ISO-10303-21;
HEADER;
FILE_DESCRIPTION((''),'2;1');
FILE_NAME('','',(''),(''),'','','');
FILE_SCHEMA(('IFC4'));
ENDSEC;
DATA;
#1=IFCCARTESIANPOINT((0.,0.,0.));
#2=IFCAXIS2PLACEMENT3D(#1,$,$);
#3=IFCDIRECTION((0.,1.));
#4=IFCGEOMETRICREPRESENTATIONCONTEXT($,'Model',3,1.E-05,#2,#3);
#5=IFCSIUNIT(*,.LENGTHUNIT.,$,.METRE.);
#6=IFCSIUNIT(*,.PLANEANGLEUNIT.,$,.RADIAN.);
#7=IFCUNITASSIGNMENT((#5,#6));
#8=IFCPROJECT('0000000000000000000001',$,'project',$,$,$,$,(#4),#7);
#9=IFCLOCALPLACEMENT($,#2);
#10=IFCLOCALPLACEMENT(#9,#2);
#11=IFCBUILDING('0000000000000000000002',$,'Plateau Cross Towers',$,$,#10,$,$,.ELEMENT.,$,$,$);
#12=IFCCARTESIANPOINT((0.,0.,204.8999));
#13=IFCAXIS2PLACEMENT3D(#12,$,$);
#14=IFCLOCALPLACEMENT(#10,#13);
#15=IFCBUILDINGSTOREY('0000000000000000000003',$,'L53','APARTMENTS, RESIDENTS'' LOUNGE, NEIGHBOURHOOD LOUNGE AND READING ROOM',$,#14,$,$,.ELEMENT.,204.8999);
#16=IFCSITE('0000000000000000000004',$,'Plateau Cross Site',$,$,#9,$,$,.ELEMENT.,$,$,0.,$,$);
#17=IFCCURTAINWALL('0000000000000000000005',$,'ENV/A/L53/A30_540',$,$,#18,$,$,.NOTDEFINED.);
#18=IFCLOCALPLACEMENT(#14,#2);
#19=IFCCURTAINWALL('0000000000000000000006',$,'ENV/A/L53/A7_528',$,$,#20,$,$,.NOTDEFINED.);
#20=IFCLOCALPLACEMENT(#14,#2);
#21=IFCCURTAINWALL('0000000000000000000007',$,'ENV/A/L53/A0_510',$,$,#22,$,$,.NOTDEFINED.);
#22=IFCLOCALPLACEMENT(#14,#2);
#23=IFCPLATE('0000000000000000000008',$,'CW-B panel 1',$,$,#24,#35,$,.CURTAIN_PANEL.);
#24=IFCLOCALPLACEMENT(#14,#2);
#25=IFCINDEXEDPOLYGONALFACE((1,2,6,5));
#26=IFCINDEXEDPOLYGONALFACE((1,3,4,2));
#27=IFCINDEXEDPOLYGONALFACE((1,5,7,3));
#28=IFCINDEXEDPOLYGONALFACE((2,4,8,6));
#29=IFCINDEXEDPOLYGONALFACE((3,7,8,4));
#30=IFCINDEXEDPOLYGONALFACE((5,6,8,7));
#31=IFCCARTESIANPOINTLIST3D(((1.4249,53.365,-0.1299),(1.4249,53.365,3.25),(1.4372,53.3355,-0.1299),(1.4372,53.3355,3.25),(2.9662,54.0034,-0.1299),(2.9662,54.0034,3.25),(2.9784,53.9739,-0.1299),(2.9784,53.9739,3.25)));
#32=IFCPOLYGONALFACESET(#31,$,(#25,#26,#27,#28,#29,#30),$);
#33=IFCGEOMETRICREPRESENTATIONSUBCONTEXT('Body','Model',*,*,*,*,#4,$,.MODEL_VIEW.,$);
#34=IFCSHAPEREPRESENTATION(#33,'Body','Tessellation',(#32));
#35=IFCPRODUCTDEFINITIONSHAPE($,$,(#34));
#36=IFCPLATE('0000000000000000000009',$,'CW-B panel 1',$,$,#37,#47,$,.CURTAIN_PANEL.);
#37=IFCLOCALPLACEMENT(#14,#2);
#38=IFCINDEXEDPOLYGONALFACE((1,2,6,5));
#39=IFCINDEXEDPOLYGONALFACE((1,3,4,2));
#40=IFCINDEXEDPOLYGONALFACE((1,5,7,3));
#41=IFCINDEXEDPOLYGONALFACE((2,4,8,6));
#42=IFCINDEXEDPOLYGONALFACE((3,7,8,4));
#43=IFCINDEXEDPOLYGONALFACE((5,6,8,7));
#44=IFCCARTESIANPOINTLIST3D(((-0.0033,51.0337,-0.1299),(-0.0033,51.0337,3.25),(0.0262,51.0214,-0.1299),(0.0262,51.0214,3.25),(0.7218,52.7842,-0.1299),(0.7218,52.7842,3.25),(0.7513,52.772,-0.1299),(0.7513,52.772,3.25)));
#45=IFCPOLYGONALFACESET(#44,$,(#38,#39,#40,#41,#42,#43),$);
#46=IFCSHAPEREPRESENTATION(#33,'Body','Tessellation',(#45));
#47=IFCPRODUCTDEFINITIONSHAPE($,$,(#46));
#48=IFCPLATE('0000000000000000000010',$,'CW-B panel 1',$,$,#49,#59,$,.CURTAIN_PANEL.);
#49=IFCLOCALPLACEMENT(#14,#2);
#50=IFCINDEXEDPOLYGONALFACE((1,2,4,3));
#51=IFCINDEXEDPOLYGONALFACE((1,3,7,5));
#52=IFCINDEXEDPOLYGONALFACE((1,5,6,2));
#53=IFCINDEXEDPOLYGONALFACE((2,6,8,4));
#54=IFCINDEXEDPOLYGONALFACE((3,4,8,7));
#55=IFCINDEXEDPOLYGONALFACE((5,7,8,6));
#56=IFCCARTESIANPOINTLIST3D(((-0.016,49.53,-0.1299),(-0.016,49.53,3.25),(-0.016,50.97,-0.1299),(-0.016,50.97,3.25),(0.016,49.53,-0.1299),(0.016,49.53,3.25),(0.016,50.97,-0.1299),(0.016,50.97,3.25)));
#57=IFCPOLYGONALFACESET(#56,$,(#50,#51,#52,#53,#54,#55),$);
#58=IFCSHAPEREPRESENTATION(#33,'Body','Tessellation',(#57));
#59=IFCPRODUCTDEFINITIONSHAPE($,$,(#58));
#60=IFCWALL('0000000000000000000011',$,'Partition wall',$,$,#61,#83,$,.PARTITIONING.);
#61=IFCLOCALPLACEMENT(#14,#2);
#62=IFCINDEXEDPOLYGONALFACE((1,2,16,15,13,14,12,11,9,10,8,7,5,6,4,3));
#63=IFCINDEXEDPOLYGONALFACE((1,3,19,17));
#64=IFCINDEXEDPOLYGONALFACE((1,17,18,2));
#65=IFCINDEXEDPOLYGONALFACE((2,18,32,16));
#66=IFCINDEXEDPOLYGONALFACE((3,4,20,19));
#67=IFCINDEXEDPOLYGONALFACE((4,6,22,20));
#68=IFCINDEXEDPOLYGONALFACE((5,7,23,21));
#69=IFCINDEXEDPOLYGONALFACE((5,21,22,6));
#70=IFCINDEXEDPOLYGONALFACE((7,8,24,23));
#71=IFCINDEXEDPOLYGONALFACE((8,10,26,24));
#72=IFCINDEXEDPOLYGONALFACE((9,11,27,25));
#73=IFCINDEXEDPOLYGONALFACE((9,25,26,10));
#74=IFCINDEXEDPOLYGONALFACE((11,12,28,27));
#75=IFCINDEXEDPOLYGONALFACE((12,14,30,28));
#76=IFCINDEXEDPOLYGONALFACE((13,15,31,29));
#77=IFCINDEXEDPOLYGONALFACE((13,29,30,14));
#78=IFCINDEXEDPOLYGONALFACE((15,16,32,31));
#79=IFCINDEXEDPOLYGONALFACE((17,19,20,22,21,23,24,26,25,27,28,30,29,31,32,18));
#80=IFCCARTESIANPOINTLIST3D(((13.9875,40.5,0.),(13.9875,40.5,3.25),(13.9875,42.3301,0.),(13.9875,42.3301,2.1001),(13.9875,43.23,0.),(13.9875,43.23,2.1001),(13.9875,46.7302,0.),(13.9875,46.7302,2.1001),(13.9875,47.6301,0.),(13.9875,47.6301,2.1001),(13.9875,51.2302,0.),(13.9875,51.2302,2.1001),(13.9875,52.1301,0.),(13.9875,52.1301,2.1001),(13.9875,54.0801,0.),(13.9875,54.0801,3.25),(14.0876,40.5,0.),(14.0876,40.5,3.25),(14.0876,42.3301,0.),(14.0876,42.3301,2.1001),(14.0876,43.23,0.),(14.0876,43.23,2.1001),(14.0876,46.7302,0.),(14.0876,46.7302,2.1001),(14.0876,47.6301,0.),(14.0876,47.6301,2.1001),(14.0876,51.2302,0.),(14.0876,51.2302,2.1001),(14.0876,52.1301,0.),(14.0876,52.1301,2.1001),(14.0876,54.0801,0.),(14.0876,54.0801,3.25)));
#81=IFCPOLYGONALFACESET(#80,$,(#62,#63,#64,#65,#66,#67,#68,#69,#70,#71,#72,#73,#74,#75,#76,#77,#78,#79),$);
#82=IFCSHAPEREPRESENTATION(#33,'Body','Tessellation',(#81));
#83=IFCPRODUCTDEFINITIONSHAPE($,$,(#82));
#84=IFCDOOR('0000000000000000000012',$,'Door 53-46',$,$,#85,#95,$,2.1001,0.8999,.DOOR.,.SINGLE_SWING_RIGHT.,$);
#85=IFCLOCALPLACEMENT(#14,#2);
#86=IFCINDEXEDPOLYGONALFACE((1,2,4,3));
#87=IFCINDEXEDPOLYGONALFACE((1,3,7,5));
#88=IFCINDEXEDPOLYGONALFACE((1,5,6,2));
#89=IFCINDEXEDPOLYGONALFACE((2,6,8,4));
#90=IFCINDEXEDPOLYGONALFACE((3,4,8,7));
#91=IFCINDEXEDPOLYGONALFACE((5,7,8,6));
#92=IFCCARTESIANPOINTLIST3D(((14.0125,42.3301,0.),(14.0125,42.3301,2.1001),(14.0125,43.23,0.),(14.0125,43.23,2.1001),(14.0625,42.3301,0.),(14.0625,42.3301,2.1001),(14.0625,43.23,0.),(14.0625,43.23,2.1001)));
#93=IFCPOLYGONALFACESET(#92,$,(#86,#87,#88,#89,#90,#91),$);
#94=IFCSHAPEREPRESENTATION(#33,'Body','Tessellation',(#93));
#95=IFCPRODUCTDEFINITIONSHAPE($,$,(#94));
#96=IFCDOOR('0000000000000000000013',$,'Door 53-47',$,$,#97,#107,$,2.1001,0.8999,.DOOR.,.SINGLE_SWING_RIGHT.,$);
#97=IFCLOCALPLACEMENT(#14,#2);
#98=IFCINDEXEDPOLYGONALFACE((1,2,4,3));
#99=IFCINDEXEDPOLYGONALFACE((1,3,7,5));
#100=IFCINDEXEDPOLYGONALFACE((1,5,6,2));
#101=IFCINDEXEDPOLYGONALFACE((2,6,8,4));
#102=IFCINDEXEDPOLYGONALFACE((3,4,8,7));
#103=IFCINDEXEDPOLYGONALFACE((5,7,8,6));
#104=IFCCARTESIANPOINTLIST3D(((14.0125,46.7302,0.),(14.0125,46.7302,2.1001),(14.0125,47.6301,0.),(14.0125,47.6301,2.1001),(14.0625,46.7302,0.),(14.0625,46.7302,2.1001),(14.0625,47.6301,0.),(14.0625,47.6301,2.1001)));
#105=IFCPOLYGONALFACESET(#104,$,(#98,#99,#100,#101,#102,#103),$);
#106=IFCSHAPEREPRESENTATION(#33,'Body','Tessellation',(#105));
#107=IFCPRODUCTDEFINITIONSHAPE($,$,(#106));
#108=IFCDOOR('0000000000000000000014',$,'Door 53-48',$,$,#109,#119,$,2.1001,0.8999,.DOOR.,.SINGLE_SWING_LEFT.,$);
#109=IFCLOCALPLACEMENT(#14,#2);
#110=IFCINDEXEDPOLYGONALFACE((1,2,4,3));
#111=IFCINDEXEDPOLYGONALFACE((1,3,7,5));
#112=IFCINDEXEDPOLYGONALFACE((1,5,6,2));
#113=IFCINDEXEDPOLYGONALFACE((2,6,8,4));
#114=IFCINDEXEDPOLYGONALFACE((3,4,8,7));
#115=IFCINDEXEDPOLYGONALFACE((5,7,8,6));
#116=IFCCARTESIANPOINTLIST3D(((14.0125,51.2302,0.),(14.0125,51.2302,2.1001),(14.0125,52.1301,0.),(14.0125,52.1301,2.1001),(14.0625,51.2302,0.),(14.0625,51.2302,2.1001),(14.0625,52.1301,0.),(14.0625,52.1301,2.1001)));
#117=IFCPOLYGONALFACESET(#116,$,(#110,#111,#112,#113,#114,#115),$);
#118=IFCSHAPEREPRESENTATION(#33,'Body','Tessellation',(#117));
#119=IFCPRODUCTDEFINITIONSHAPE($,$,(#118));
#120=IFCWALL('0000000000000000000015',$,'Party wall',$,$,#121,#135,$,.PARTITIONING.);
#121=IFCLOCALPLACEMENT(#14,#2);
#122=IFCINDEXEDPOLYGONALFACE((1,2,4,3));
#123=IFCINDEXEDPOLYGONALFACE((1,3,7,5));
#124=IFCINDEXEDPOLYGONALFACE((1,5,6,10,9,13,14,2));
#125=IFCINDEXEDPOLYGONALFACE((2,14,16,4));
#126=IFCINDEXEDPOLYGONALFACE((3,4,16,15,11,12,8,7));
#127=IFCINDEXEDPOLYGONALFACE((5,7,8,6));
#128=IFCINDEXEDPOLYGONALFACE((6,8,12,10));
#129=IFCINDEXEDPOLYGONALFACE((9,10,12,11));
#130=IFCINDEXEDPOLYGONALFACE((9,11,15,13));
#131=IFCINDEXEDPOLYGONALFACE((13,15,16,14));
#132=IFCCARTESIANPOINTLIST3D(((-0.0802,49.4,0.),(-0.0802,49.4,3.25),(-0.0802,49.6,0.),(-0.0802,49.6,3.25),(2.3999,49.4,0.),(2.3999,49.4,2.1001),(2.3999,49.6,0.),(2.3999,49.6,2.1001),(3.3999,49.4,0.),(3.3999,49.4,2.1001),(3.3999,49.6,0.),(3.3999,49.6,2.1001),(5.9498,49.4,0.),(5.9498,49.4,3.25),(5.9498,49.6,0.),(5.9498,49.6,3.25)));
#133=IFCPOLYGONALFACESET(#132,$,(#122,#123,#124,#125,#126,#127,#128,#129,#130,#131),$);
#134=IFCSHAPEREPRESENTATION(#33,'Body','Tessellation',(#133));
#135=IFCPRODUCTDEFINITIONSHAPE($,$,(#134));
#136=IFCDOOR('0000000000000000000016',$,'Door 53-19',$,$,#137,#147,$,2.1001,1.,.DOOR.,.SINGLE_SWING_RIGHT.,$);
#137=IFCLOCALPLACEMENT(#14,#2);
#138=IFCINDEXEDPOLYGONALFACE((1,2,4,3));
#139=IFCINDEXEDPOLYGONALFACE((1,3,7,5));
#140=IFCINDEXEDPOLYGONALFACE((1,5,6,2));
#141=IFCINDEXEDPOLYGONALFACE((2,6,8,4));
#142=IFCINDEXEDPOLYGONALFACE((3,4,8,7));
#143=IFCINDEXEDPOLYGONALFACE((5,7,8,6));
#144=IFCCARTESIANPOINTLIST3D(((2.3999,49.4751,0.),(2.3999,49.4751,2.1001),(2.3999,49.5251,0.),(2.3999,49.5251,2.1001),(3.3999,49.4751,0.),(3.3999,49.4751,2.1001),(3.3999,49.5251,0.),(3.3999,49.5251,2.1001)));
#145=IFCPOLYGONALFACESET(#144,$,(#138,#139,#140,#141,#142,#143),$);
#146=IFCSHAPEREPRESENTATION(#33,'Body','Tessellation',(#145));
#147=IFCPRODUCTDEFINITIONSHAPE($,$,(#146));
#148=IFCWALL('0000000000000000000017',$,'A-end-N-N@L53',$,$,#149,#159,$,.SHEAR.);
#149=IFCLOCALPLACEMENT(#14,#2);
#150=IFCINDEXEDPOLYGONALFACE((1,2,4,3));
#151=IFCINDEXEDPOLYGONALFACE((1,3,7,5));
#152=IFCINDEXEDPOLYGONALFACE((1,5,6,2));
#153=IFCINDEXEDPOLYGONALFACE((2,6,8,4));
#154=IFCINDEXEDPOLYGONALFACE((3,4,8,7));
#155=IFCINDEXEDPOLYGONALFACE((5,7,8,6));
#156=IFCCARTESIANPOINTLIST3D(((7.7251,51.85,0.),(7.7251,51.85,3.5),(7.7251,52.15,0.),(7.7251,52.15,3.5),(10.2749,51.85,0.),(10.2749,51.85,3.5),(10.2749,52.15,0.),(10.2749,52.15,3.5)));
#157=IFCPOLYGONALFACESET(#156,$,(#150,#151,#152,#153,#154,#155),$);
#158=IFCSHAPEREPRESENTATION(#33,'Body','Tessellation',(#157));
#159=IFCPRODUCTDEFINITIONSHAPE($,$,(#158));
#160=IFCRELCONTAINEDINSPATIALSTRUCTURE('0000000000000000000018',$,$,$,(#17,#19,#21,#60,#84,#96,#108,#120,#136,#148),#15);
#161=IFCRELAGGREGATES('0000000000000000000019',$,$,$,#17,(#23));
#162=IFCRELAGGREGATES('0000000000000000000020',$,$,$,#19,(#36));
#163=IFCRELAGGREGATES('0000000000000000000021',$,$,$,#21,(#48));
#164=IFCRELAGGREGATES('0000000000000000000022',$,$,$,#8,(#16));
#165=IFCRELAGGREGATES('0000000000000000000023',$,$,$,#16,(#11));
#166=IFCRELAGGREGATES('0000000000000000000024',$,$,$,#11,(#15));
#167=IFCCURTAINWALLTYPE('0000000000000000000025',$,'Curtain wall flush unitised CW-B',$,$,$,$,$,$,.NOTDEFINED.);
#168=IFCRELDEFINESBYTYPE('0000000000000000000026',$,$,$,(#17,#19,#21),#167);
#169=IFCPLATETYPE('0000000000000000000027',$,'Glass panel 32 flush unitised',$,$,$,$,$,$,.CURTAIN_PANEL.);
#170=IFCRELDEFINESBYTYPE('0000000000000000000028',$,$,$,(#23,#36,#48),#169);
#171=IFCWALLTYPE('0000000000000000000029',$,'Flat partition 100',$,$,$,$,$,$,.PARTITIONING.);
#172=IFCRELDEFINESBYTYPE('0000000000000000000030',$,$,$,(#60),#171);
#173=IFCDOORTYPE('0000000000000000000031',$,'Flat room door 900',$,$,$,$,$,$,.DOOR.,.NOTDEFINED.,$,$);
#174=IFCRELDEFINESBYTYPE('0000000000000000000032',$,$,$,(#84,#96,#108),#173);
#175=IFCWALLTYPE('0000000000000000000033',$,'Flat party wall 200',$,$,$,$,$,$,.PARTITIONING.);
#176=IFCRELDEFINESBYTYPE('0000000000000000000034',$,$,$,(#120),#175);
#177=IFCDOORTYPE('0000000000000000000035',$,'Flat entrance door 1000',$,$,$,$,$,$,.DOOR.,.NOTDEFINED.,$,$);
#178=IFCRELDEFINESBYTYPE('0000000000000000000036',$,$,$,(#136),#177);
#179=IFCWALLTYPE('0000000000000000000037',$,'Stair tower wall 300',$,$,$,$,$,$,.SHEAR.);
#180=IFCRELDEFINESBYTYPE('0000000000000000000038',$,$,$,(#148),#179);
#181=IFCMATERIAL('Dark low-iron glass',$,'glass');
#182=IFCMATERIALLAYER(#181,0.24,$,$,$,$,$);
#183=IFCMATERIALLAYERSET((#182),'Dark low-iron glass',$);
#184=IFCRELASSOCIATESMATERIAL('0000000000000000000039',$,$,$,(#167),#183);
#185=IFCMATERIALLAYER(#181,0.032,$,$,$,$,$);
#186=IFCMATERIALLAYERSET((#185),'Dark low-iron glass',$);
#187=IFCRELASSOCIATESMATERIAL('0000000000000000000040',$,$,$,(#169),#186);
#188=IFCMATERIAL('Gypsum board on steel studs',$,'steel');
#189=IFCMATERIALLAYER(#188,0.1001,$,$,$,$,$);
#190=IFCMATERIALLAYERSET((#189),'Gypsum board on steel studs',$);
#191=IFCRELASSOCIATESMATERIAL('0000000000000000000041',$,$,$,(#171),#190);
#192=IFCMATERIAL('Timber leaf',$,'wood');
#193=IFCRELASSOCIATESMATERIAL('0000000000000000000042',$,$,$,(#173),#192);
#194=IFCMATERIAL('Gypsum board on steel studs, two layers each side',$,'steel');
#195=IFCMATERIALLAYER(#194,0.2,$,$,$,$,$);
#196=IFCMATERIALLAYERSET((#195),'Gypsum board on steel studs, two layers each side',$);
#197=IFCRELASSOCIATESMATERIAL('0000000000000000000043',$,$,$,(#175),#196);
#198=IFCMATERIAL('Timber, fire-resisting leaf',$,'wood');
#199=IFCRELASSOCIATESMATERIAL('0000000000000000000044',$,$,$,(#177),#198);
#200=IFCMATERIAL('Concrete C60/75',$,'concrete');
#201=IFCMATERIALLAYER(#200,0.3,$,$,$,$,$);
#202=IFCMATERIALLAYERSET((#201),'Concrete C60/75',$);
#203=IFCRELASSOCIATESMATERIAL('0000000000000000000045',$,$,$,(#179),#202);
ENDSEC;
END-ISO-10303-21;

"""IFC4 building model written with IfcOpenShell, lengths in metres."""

from ifc_helpers import new_model, si_unit, direction, frame, frame_2d, origin, origin_2d, place, context, subcontext, project, spatial, rectangle, extrude, material, layer, layer_set, type_object, element, fill, aggregate, save


model = new_model("IFC4")

# Units and contexts
model_context = context("Model", 3, precision=1e-05, world=origin(), true_north=direction((0.0, 1.0)))
body_context = subcontext(model_context, "Body", "Model", "MODEL_VIEW")
ifc_project = project(units=[si_unit("LENGTHUNIT", "METRE"), si_unit("PLANEANGLEUNIT", "RADIAN")], contexts=[model_context])

# Site, building, storey
site_placement = place(None, origin())
site = spatial("IfcSite", under=ifc_project, at=site_placement, Name="Plateau Cross Site", CompositionType="ELEMENT", RefElevation=0.0)
building_placement = place(site_placement, origin())
building = spatial("IfcBuilding", under=site, at=building_placement, Name="Plateau Cross Towers", CompositionType="ELEMENT")
storey_placement = place(building_placement, frame((0.0, 0.0, 204.8999)))
storey = spatial("IfcBuildingStorey", under=building, at=storey_placement, Name="L53", Description="APARTMENTS, RESIDENTS' LOUNGE, NEIGHBOURHOOD LOUNGE AND READING ROOM", CompositionType="ELEMENT", Elevation=204.8999)

# Shared definitions
ifc_material_1 = material(Name="Concrete C60/75", Category="concrete")

# Curtain wall
ifc_material_2 = material(Name="Dark low-iron glass", Category="glass")
ifc_layer_1 = layer(ifc_material_2, 0.24)
ifc_layer_set_1 = layer_set([ifc_layer_1], Name="Dark low-iron glass")
curtain_wall_type = type_object("IfcCurtainWallType", Name="Curtain wall flush unitised CW-B", PredefinedType="NOTDEFINED", material=ifc_layer_set_1)
curtain_wall_1_placement = place(storey_placement, origin())
curtain_wall_1 = element("IfcCurtainWall", 1, at=curtain_wall_1_placement, inside=storey, type_object=curtain_wall_type, Name="ENV/A/L53/A30_540", PredefinedType="NOTDEFINED")

# Curtain wall
curtain_wall_2_placement = place(storey_placement, origin())
curtain_wall_2 = element("IfcCurtainWall", 2, at=curtain_wall_2_placement, inside=storey, type_object=curtain_wall_type, Name="ENV/A/L53/A7_528", PredefinedType="NOTDEFINED")

# Curtain wall
curtain_wall_3_placement = place(storey_placement, origin())
curtain_wall_3 = element("IfcCurtainWall", 3, at=curtain_wall_3_placement, inside=storey, type_object=curtain_wall_type, Name="ENV/A/L53/A0_510", PredefinedType="NOTDEFINED")

# Plates
ifc_layer_2 = layer(ifc_material_2, 0.032)
ifc_layer_set_2 = layer_set([ifc_layer_2], Name="Dark low-iron glass")
plate_type = type_object("IfcPlateType", Name="Glass panel 32 flush unitised", PredefinedType="CURTAIN_PANEL", material=ifc_layer_set_2)
plate_1_placement = place(storey_placement, frame((2.2017, 53.6694, -0.1299), z_axis=(0.0, 0.0, 1.0), x_axis=(-0.923879, -0.382684, 0.0)))
plate_1 = element("IfcPlate", 4, at=plate_1_placement, type_object=plate_type, Name="CW-B panel 1", PredefinedType="CURTAIN_PANEL", context=body_context, shape_type="SweptSolid", body=[
    extrude(rectangle(XDim=1.6682, YDim=0.032, at=origin_2d()), origin(), (0.0, 0.0, 1.0), 3.3799),
])
aggregate(curtain_wall_1, [plate_1])
plate_2_placement = place(storey_placement, frame((0.374, 51.9028, -0.1299), z_axis=(0.0, 0.0, 1.0), x_axis=(-0.382684, -0.923879, 0.0)))
plate_2 = element("IfcPlate", 5, at=plate_2_placement, type_object=plate_type, Name="CW-B panel 1", PredefinedType="CURTAIN_PANEL", context=body_context, shape_type="SweptSolid", body=[
    extrude(rectangle(XDim=1.8948, YDim=0.032, at=origin_2d()), origin(), (0.0, 0.0, 1.0), 3.3799),
])
aggregate(curtain_wall_2, [plate_2])
plate_3_placement = place(storey_placement, frame((0.0, 50.25, -0.1299), z_axis=(0.0, 0.0, 1.0), x_axis=(0.0, -1.0, 0.0)))
plate_3 = element("IfcPlate", 6, at=plate_3_placement, type_object=plate_type, Name="CW-B panel 1", PredefinedType="CURTAIN_PANEL", context=body_context, shape_type="SweptSolid", body=[
    extrude(rectangle(XDim=1.4399, YDim=0.032, at=origin_2d()), origin(), (0.0, 0.0, 1.0), 3.3799),
])
aggregate(curtain_wall_3, [plate_3])

# Wall, openings, doors
ifc_material_3 = material(Name="Gypsum board on steel studs", Category="steel")
ifc_layer_3 = layer(ifc_material_3, 0.1001)
ifc_layer_set_3 = layer_set([ifc_layer_3], Name="Gypsum board on steel studs")
wall_type_1 = type_object("IfcWallType", Name="Flat partition 100", PredefinedType="PARTITIONING", material=ifc_layer_set_3)
wall_1_placement = place(storey_placement, frame((14.0376, 54.0801, 0.0), z_axis=(0.0, 0.0, 1.0), x_axis=(0.0, -1.0, 0.0)))
wall_1 = element("IfcWall", 7, at=wall_1_placement, inside=storey, type_object=wall_type_1, Name="Partition wall", PredefinedType="PARTITIONING", context=body_context, shape_type="SweptSolid", body=[
    extrude(rectangle(XDim=13.5801, YDim=0.1001, at=frame_2d((6.79, 0.0))), origin(), (0.0, 0.0, 1.0), 3.25),
])
opening_1_placement = place(wall_1_placement, frame((10.8501, 0.0, 0.0)))
opening_1 = element("IfcOpeningElement", 8, at=opening_1_placement, cuts=wall_1, PredefinedType="OPENING", context=body_context, shape_type="SweptSolid", body=[
    extrude(rectangle(XDim=0.8999, YDim=2.1001, at=frame_2d((0.45, 1.05))), frame((0.0, 0.0601, 0.0), z_axis=(0.0, -1.0, 0.0), x_axis=(1.0, 0.0, 0.0)), (0.0, 0.0, 1.0), 0.1201),
])
opening_2_placement = place(wall_1_placement, frame((6.45, 0.0, 0.0)))
opening_2 = element("IfcOpeningElement", 9, at=opening_2_placement, cuts=wall_1, PredefinedType="OPENING", context=body_context, shape_type="SweptSolid", body=[
    extrude(rectangle(XDim=0.8999, YDim=2.1001, at=frame_2d((0.45, 1.05))), frame((0.0, 0.0601, 0.0), z_axis=(0.0, -1.0, 0.0), x_axis=(1.0, 0.0, 0.0)), (0.0, 0.0, 1.0), 0.1201),
])
opening_3_placement = place(wall_1_placement, frame((1.95, 0.0, 0.0)))
opening_3 = element("IfcOpeningElement", 10, at=opening_3_placement, cuts=wall_1, PredefinedType="OPENING", context=body_context, shape_type="SweptSolid", body=[
    extrude(rectangle(XDim=0.8999, YDim=2.1001, at=frame_2d((0.45, 1.05))), frame((0.0, 0.0601, 0.0), z_axis=(0.0, -1.0, 0.0), x_axis=(1.0, 0.0, 0.0)), (0.0, 0.0, 1.0), 0.1201),
])
ifc_material_4 = material(Name="Timber leaf", Category="wood")
door_type_1 = type_object("IfcDoorType", Name="Flat room door 900", OperationType="NOTDEFINED", PredefinedType="DOOR", material=ifc_material_4)
door_1_placement = place(opening_1_placement, origin())
door_1 = element("IfcDoor", 11, at=door_1_placement, inside=storey, type_object=door_type_1, Name="Door 53-46", OperationType="SINGLE_SWING_RIGHT", OverallHeight=2.1001, OverallWidth=0.8999, PredefinedType="DOOR", context=body_context, shape_type="SweptSolid", body=[
    extrude(rectangle(XDim=0.8999, YDim=2.1001, at=frame_2d((0.45, 1.05))), frame((0.0, 0.0249, 0.0), z_axis=(0.0, -1.0, 0.0), x_axis=(1.0, 0.0, 0.0)), (0.0, 0.0, 1.0), 0.05),
])
fill(opening_1, door_1)
door_2_placement = place(opening_2_placement, origin())
door_2 = element("IfcDoor", 12, at=door_2_placement, inside=storey, type_object=door_type_1, Name="Door 53-47", OperationType="SINGLE_SWING_RIGHT", OverallHeight=2.1001, OverallWidth=0.8999, PredefinedType="DOOR", context=body_context, shape_type="SweptSolid", body=[
    extrude(rectangle(XDim=0.8999, YDim=2.1001, at=frame_2d((0.45, 1.05))), frame((0.0, 0.0249, 0.0), z_axis=(0.0, -1.0, 0.0), x_axis=(1.0, 0.0, 0.0)), (0.0, 0.0, 1.0), 0.05),
])
fill(opening_2, door_2)
door_3_placement = place(opening_3_placement, origin())
door_3 = element("IfcDoor", 13, at=door_3_placement, inside=storey, type_object=door_type_1, Name="Door 53-48", OperationType="SINGLE_SWING_LEFT", OverallHeight=2.1001, OverallWidth=0.8999, PredefinedType="DOOR", context=body_context, shape_type="SweptSolid", body=[
    extrude(rectangle(XDim=0.8999, YDim=2.1001, at=frame_2d((0.45, 1.05))), frame((0.0, 0.0249, 0.0), z_axis=(0.0, -1.0, 0.0), x_axis=(1.0, 0.0, 0.0)), (0.0, 0.0, 1.0), 0.05),
])
fill(opening_3, door_3)

# Wall, opening, door
ifc_material_5 = material(Name="Gypsum board on steel studs, two layers each side", Category="steel")
ifc_layer_4 = layer(ifc_material_5, 0.2)
ifc_layer_set_4 = layer_set([ifc_layer_4], Name="Gypsum board on steel studs, two layers each side")
wall_type_2 = type_object("IfcWallType", Name="Flat party wall 200", PredefinedType="PARTITIONING", material=ifc_layer_set_4)
wall_2_placement = place(storey_placement, frame((5.95, 49.5, 0.0), z_axis=(0.0, 0.0, 1.0), x_axis=(-1.0, 0.0, 0.0)))
wall_2 = element("IfcWall", 14, at=wall_2_placement, inside=storey, type_object=wall_type_2, Name="Party wall", PredefinedType="PARTITIONING", context=body_context, shape_type="SweptSolid", body=[
    extrude(rectangle(XDim=6.03, YDim=0.2, at=frame_2d((3.0151, 0.0))), origin(), (0.0, 0.0, 1.0), 3.25),
])
opening_4_placement = place(wall_2_placement, frame((2.55, 0.0, 0.0)))
opening_4 = element("IfcOpeningElement", 15, at=opening_4_placement, cuts=wall_2, PredefinedType="OPENING", context=body_context, shape_type="SweptSolid", body=[
    extrude(rectangle(XDim=1.0, YDim=2.1001, at=frame_2d((0.5, 1.05))), frame((0.0, 0.1099, 0.0), z_axis=(0.0, -1.0, 0.0), x_axis=(1.0, 0.0, 0.0)), (0.0, 0.0, 1.0), 0.22),
])
ifc_material_6 = material(Name="Timber, fire-resisting leaf", Category="wood")
door_type_2 = type_object("IfcDoorType", Name="Flat entrance door 1000", OperationType="NOTDEFINED", PredefinedType="DOOR", material=ifc_material_6)
door_4_placement = place(opening_4_placement, origin())
door_4 = element("IfcDoor", 16, at=door_4_placement, inside=storey, type_object=door_type_2, Name="Door 53-19", OperationType="SINGLE_SWING_RIGHT", OverallHeight=2.1001, OverallWidth=1.0, PredefinedType="DOOR", context=body_context, shape_type="SweptSolid", body=[
    extrude(rectangle(XDim=1.0, YDim=2.1001, at=frame_2d((0.5, 1.05))), frame((0.0, 0.0249, 0.0), z_axis=(0.0, -1.0, 0.0), x_axis=(1.0, 0.0, 0.0)), (0.0, 0.0, 1.0), 0.05),
])
fill(opening_4, door_4)

# Wall
ifc_layer_5 = layer(ifc_material_1, 0.3)
ifc_layer_set_5 = layer_set([ifc_layer_5], Name="Concrete C60/75")
wall_type_3 = type_object("IfcWallType", Name="Stair tower wall 300", PredefinedType="SHEAR", material=ifc_layer_set_5)
wall_3_placement = place(storey_placement, frame((7.7251, 52.0, 0.0), z_axis=(0.0, 0.0, 1.0), x_axis=(1.0, 0.0, 0.0)))
element("IfcWall", 17, at=wall_3_placement, inside=storey, type_object=wall_type_3, Name="A-end-N-N@L53", PredefinedType="SHEAR", context=body_context, shape_type="SweptSolid", body=[
    extrude(rectangle(XDim=2.5498, YDim=0.3, at=frame_2d((1.2749, 0.0))), origin(), (0.0, 0.0, 1.0), 3.5),
])

save(model, "model.ifc")
